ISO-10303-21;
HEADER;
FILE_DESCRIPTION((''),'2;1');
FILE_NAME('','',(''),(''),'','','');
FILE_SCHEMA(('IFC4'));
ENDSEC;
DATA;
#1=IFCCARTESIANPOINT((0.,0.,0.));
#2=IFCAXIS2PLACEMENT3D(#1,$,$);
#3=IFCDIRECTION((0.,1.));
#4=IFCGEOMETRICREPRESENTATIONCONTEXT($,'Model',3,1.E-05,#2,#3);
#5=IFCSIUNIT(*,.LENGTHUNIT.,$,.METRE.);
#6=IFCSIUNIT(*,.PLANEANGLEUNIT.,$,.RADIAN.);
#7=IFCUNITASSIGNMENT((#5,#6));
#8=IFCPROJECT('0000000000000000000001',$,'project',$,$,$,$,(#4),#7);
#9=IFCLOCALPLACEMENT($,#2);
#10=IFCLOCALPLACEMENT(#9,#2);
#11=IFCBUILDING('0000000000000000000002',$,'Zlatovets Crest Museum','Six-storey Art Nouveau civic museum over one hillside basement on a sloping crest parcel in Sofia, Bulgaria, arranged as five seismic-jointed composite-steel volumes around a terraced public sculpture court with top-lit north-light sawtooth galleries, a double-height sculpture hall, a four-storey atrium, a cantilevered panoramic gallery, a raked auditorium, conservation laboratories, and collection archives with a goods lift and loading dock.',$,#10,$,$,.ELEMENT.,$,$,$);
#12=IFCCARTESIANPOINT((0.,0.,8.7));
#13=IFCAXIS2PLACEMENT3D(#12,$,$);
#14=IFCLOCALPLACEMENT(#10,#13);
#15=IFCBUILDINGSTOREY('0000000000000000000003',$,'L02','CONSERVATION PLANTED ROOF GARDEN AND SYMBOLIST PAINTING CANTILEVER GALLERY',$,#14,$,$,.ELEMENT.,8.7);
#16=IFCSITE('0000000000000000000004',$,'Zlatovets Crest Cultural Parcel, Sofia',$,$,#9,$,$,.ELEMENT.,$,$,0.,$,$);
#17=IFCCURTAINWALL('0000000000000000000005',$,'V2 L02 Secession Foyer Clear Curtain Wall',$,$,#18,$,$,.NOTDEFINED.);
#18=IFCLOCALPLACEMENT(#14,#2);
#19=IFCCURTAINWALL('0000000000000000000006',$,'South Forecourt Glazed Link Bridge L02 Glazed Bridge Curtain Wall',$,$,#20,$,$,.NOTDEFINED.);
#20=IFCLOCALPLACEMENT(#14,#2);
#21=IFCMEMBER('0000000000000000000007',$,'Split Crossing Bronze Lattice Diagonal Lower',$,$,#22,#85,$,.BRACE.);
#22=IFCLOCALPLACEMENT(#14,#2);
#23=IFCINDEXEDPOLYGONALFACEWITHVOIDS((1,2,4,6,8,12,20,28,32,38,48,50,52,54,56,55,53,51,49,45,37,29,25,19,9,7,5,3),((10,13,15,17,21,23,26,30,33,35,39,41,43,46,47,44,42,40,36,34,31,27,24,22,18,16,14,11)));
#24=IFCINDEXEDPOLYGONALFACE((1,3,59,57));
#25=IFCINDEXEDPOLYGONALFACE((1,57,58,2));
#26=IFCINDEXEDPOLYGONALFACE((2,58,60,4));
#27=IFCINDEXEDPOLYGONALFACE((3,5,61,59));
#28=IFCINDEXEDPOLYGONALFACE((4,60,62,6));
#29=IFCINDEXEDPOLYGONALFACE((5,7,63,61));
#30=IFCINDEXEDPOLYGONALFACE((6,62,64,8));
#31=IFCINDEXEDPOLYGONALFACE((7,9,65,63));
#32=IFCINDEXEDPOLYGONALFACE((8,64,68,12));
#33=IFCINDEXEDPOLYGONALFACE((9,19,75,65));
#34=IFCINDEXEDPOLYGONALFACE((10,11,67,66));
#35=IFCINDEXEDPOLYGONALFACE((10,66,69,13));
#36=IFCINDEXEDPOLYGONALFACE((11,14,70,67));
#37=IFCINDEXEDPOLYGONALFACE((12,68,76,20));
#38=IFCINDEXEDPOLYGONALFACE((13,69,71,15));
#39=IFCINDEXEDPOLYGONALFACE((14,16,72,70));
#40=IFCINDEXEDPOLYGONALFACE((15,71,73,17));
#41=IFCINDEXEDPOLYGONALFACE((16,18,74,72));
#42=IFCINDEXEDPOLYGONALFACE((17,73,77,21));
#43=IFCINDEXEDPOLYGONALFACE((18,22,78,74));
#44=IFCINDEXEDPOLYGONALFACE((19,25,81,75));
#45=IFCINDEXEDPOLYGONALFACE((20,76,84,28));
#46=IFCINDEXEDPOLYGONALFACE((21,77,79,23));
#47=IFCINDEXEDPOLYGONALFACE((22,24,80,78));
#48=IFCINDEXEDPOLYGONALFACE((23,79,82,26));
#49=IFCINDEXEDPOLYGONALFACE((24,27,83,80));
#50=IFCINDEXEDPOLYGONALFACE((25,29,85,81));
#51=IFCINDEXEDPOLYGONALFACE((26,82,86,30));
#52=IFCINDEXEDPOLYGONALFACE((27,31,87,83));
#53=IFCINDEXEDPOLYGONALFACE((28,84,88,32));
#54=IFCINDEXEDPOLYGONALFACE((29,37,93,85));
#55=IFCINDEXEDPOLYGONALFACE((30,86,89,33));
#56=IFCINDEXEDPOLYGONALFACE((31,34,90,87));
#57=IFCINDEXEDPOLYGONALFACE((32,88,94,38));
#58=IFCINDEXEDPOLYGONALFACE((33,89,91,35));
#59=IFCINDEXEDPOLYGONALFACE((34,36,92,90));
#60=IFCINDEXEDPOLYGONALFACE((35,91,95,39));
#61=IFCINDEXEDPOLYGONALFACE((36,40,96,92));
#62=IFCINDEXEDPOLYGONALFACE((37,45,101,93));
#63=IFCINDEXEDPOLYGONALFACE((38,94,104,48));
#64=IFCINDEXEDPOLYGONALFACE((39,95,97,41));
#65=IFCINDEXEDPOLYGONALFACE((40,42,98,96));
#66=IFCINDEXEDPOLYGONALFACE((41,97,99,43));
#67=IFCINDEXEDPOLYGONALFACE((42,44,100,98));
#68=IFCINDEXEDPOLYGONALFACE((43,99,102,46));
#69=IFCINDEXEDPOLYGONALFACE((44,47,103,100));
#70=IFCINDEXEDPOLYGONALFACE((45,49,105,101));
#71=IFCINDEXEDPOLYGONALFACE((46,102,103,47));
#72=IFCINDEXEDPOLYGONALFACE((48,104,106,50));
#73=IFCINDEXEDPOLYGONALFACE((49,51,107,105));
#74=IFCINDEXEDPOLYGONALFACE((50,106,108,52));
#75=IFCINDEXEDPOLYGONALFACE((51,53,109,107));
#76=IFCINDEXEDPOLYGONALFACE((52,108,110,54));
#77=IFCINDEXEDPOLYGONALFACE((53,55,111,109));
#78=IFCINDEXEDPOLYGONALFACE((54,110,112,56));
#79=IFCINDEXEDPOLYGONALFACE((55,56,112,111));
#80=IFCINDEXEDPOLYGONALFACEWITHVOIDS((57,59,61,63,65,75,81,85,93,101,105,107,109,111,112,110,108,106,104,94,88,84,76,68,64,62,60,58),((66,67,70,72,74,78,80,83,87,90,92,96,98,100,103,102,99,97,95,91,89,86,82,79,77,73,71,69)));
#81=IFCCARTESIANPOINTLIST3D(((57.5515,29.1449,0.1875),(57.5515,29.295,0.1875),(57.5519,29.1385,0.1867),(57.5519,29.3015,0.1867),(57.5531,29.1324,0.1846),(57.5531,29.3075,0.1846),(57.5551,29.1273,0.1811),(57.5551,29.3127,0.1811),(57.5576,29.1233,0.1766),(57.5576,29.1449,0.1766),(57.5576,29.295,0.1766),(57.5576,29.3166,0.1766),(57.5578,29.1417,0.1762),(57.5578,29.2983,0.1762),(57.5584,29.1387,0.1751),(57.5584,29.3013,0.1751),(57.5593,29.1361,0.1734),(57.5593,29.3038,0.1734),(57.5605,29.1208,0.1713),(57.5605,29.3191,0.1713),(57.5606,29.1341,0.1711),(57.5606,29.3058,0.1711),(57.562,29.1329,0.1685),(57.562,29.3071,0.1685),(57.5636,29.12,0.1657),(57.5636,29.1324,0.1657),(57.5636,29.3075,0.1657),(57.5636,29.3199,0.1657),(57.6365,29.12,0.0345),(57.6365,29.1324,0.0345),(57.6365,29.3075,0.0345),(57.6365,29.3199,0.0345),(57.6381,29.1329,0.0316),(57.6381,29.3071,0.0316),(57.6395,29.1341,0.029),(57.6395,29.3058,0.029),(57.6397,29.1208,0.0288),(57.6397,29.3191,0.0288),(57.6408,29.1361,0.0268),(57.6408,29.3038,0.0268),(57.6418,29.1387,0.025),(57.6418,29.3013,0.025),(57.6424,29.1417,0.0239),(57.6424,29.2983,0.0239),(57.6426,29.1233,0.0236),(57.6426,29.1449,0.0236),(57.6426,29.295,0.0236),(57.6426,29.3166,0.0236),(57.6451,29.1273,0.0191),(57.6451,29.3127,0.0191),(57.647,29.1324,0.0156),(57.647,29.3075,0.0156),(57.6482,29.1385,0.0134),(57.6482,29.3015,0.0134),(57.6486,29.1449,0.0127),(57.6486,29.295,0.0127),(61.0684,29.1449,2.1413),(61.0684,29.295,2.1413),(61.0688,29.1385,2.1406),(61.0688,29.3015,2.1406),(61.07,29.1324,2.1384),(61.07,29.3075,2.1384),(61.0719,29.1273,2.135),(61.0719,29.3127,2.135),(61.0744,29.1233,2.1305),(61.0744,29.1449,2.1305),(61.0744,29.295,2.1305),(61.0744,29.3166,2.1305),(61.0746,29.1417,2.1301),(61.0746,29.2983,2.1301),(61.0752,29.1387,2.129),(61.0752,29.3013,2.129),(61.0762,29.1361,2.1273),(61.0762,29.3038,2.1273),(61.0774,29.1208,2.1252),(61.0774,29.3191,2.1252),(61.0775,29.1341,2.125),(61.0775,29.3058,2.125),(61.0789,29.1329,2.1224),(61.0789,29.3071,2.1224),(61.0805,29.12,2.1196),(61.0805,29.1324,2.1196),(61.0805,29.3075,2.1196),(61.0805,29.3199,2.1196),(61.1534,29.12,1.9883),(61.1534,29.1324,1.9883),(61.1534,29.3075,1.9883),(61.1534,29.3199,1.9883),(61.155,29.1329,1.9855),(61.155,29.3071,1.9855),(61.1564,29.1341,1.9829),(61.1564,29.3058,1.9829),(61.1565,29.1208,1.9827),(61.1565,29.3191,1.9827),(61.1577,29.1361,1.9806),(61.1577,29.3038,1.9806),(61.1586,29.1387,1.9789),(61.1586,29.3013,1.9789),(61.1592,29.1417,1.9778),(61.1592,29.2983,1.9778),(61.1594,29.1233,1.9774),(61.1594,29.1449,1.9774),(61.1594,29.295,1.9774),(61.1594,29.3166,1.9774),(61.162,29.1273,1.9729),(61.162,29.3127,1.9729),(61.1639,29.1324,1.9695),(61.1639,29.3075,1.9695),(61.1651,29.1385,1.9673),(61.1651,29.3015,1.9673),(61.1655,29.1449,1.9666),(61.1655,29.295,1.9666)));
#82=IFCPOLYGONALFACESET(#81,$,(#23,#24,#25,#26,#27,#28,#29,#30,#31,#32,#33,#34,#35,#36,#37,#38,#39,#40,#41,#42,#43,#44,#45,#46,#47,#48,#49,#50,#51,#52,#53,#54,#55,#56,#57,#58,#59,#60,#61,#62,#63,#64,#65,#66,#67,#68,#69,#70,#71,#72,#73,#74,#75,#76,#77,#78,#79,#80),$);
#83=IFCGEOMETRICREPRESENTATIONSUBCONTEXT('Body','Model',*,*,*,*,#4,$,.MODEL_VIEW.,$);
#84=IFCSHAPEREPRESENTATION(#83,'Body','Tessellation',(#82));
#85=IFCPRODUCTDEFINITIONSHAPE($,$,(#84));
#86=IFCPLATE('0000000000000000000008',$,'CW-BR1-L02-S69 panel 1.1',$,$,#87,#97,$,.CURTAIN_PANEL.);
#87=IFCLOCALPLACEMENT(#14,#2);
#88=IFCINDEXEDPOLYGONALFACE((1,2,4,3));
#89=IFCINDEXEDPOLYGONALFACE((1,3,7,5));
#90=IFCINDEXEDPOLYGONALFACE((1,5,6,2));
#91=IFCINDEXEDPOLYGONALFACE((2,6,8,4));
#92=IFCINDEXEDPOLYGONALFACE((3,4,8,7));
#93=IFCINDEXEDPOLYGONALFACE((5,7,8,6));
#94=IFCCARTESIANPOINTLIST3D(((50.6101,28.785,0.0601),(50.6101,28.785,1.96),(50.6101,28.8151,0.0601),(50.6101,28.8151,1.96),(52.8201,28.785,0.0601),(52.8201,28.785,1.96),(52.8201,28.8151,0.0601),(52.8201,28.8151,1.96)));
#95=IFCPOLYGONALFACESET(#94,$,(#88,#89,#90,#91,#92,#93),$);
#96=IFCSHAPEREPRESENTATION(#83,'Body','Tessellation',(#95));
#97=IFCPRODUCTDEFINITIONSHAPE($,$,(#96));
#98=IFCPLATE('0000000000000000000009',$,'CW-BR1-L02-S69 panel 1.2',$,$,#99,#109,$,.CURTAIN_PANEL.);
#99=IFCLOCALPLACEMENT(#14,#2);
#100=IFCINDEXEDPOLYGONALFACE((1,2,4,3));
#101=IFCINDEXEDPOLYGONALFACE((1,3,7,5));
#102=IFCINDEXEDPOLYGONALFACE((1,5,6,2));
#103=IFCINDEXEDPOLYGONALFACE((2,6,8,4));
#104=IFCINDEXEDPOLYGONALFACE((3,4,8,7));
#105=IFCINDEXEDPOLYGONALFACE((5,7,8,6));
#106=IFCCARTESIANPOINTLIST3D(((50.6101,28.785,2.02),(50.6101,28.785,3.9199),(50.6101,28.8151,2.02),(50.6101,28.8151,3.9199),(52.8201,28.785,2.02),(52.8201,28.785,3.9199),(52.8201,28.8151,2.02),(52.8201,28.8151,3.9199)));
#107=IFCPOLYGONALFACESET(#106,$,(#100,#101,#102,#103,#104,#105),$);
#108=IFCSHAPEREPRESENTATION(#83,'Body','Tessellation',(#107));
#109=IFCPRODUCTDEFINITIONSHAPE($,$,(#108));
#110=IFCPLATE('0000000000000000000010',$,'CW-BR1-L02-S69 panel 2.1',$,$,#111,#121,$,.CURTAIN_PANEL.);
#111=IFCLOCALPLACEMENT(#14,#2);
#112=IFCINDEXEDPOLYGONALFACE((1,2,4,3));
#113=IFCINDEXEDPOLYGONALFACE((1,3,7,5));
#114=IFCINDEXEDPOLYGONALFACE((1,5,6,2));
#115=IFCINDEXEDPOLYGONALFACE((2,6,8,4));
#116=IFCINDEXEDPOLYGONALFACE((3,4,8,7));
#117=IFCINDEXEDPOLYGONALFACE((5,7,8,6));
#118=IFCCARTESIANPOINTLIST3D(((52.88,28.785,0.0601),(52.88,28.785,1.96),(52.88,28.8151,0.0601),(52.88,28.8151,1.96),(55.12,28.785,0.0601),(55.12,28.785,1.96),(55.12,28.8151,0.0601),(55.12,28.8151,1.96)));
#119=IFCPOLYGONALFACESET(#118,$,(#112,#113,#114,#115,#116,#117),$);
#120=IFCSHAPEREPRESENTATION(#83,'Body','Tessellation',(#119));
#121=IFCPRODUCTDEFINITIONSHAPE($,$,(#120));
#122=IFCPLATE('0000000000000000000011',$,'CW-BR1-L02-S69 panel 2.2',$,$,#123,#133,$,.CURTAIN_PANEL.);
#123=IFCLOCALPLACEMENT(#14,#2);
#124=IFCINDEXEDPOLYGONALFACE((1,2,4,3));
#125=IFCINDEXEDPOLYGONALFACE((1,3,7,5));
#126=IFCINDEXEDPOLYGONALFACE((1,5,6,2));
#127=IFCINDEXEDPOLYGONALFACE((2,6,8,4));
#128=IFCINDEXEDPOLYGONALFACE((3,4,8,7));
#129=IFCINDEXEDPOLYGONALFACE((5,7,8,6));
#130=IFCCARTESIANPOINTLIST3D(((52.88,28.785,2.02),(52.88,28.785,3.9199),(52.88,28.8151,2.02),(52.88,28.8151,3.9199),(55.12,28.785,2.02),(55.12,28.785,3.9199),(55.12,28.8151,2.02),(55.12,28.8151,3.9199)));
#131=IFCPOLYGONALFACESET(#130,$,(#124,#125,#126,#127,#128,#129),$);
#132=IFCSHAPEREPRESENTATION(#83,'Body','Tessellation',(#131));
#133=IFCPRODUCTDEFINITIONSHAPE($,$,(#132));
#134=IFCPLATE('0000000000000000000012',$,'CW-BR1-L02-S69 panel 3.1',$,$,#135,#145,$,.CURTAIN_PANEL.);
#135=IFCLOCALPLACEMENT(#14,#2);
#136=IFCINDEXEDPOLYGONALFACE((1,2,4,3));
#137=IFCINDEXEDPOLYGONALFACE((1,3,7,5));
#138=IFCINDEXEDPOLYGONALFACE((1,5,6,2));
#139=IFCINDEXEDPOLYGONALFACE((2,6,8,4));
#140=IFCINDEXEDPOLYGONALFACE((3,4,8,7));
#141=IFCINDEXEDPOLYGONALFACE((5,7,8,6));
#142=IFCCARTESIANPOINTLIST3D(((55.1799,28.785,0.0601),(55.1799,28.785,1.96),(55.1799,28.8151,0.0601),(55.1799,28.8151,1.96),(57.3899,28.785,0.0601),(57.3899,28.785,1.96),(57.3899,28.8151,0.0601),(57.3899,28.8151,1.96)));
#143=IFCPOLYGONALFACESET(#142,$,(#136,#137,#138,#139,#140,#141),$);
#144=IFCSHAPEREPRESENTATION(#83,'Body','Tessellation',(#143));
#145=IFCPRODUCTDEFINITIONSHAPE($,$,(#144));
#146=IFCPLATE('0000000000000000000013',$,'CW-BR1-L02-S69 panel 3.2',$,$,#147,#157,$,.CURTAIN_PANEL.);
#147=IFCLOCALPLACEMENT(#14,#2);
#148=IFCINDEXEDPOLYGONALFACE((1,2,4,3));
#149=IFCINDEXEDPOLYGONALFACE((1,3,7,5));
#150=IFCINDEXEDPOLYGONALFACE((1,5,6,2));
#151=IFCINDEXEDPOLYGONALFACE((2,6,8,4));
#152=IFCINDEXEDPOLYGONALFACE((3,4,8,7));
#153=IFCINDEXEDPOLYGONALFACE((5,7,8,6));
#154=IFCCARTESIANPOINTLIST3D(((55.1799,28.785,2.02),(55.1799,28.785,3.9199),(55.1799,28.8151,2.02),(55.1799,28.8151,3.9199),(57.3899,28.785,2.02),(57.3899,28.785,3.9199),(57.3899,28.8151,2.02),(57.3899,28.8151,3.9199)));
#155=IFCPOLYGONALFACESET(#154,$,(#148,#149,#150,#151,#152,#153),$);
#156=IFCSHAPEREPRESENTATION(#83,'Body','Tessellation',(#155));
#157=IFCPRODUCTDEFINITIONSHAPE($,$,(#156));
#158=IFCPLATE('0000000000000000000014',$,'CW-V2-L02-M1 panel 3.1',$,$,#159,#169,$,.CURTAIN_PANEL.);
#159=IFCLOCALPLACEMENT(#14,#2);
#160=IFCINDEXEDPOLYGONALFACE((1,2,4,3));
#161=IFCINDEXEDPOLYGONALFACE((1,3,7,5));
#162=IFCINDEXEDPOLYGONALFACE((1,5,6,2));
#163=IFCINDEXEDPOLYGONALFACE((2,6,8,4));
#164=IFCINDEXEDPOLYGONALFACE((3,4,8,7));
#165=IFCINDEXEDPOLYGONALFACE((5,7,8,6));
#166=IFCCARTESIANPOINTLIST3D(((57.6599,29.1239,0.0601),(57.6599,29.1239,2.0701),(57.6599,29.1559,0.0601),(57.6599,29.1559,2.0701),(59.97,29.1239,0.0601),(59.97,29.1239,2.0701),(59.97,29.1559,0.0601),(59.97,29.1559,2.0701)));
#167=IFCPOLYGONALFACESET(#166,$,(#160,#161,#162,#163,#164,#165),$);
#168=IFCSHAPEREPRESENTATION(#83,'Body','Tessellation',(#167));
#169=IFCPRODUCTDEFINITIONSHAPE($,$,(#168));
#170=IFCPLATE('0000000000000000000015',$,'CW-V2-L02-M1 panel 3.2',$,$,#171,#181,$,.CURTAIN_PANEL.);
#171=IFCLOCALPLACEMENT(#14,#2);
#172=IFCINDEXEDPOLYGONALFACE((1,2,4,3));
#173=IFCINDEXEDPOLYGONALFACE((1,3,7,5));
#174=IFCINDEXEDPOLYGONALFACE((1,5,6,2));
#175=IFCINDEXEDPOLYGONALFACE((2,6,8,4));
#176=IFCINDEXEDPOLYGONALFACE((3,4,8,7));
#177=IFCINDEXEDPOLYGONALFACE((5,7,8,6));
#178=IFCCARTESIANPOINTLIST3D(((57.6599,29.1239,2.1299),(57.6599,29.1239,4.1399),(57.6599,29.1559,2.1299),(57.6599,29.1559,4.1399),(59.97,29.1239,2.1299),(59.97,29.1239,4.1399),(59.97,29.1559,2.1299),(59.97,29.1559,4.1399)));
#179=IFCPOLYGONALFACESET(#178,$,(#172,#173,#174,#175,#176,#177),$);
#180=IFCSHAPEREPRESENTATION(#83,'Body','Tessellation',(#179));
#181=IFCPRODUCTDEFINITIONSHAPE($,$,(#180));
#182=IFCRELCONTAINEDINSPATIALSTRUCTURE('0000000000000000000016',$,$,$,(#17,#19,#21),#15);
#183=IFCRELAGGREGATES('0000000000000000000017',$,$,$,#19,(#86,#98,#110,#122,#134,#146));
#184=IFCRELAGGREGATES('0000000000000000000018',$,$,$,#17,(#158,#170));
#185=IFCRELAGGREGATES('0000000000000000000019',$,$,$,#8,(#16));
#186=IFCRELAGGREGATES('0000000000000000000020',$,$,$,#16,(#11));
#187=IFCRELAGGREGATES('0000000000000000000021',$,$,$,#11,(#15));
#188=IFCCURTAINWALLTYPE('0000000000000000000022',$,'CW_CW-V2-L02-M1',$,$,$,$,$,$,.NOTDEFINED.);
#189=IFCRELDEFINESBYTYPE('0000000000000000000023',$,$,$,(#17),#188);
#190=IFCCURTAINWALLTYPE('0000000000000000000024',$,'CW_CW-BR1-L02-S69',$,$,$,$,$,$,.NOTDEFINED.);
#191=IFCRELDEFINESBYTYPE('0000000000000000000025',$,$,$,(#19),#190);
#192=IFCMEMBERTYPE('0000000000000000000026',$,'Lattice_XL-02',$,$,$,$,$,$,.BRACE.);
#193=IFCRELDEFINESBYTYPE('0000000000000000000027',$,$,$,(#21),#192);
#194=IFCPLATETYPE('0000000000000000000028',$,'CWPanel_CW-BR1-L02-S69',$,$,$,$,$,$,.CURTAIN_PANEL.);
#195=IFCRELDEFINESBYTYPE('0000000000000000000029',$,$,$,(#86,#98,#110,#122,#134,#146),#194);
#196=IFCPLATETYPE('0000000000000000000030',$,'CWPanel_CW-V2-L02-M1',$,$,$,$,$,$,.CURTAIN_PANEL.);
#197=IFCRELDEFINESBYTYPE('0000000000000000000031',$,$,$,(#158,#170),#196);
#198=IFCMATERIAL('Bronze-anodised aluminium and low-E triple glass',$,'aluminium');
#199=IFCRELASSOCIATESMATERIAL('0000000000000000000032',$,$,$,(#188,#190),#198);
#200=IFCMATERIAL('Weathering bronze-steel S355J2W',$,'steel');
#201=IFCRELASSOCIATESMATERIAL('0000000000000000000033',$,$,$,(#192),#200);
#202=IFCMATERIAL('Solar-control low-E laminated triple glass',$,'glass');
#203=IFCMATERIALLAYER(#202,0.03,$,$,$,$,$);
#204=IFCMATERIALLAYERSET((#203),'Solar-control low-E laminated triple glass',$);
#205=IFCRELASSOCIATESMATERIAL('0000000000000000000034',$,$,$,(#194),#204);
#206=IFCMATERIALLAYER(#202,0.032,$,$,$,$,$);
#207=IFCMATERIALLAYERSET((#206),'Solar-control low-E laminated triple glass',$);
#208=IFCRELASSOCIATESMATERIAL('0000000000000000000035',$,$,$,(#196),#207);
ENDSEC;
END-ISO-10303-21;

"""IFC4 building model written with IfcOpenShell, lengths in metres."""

from ifc_helpers import new_model, si_unit, direction, frame, origin, origin_2d, place, context, subcontext, project, spatial, rectangle, hollow_rectangle, extrude, material, layer, layer_set, material_profile, profile_set, type_object, element, aggregate, save


model = new_model("IFC4")

# Units and contexts
model_context = context("Model", 3, precision=1e-05, world=origin(), true_north=direction((0.0, 1.0)))
body_context = subcontext(model_context, "Body", "Model", "MODEL_VIEW")
ifc_project = project(units=[si_unit("LENGTHUNIT", "METRE"), si_unit("PLANEANGLEUNIT", "RADIAN")], contexts=[model_context])

# Site, building, storey
site_placement = place(None, origin())
site = spatial("IfcSite", under=ifc_project, at=site_placement, Name="Zlatovets Crest Cultural Parcel, Sofia", CompositionType="ELEMENT", RefElevation=0.0)
building_placement = place(site_placement, origin())
building = spatial("IfcBuilding", under=site, at=building_placement, Name="Zlatovets Crest Museum", Description="Six-storey Art Nouveau civic museum over one hillside basement on a sloping crest parcel in Sofia, Bulgaria, arranged as five seismic-jointed composite-steel volumes around a terraced public sculpture court with top-lit north-light sawtooth galleries, a double-height sculpture hall, a four-storey atrium, a cantilevered panoramic gallery, a raked auditorium, conservation laboratories, and collection archives with a goods lift and loading dock.", CompositionType="ELEMENT")
storey_placement = place(building_placement, frame((0.0, 0.0, 8.7)))
storey = spatial("IfcBuildingStorey", under=building, at=storey_placement, Name="L02", Description="CONSERVATION PLANTED ROOF GARDEN AND SYMBOLIST PAINTING CANTILEVER GALLERY", CompositionType="ELEMENT", Elevation=8.7)

# Curtain walls
ifc_material_1 = material(Name="Bronze-anodised aluminium and low-E triple glass", Category="aluminium")
curtain_wall_type_1 = type_object("IfcCurtainWallType", Name="CW_CW-V2-L02-M1", PredefinedType="NOTDEFINED", material=ifc_material_1)
curtain_wall_1_placement = place(storey_placement, origin())
curtain_wall_1 = element("IfcCurtainWall", 1, at=curtain_wall_1_placement, inside=storey, type_object=curtain_wall_type_1, Name="V2 L02 Secession Foyer Clear Curtain Wall", PredefinedType="NOTDEFINED")
curtain_wall_type_2 = type_object("IfcCurtainWallType", Name="CW_CW-BR1-L02-S69", PredefinedType="NOTDEFINED", material=ifc_material_1)
curtain_wall_2_placement = place(storey_placement, origin())
curtain_wall_2 = element("IfcCurtainWall", 2, at=curtain_wall_2_placement, inside=storey, type_object=curtain_wall_type_2, Name="South Forecourt Glazed Link Bridge L02 Glazed Bridge Curtain Wall", PredefinedType="NOTDEFINED")

# Member
ifc_material_2 = material(Name="Weathering bronze-steel S355J2W", Category="steel")
ifc_material_profile_1 = material_profile(ifc_material_2, hollow_rectangle(XDim=0.2, YDim=0.2, WallThickness=0.0125, InnerFilletRadius=0.0125, OuterFilletRadius=0.0249, at=origin_2d()), Name="SHS 200x200x12.5")
ifc_profile_set_1 = profile_set([ifc_material_profile_1], Name="Weathering bronze-steel S355J2W")
member_type_1 = type_object("IfcMemberType", Name="Lattice_XL-02", PredefinedType="BRACE", material=ifc_profile_set_1)
member_1_placement = place(storey_placement, frame((61.1169, 29.22, 2.054), z_axis=(-0.874152, 0.0, -0.485653), x_axis=(0.0, -1.0, 0.0)))
element("IfcMember", 3, at=member_1_placement, inside=storey, type_object=member_type_1, Name="Split Crossing Bronze Lattice Diagonal Lower", PredefinedType="BRACE", context=body_context, shape_type="SweptSolid", body=[
    extrude(hollow_rectangle(XDim=0.2, YDim=0.2, WallThickness=0.0125, InnerFilletRadius=0.0125, OuterFilletRadius=0.0249, at=origin_2d()), origin(), (0.0, 0.0, 1.0), 4.0232),
])

# Plates
ifc_material_3 = material(Name="Solar-control low-E laminated triple glass", Category="glass")
ifc_layer_1 = layer(ifc_material_3, 0.03)
ifc_layer_set_1 = layer_set([ifc_layer_1], Name="Solar-control low-E laminated triple glass")
plate_type_1 = type_object("IfcPlateType", Name="CWPanel_CW-BR1-L02-S69", PredefinedType="CURTAIN_PANEL", material=ifc_layer_set_1)
plate_1_placement = place(storey_placement, frame((51.7151, 28.8, 0.0601), z_axis=(0.0, 0.0, 1.0), x_axis=(1.0, 0.0, 0.0)))
plate_1 = element("IfcPlate", 4, at=plate_1_placement, type_object=plate_type_1, Name="CW-BR1-L02-S69 panel 1.1", PredefinedType="CURTAIN_PANEL", context=body_context, shape_type="SweptSolid", body=[
    extrude(rectangle(XDim=2.21, YDim=0.03, at=origin_2d()), origin(), (0.0, 0.0, 1.0), 1.8999),
])
plate_2_placement = place(storey_placement, frame((51.7151, 28.8, 2.02), z_axis=(0.0, 0.0, 1.0), x_axis=(1.0, 0.0, 0.0)))
plate_2 = element("IfcPlate", 5, at=plate_2_placement, type_object=plate_type_1, Name="CW-BR1-L02-S69 panel 1.2", PredefinedType="CURTAIN_PANEL", context=body_context, shape_type="SweptSolid", body=[
    extrude(rectangle(XDim=2.21, YDim=0.03, at=origin_2d()), origin(), (0.0, 0.0, 1.0), 1.8999),
])
plate_3_placement = place(storey_placement, frame((54.0, 28.8, 0.0601), z_axis=(0.0, 0.0, 1.0), x_axis=(1.0, 0.0, 0.0)))
plate_3 = element("IfcPlate", 6, at=plate_3_placement, type_object=plate_type_1, Name="CW-BR1-L02-S69 panel 2.1", PredefinedType="CURTAIN_PANEL", context=body_context, shape_type="SweptSolid", body=[
    extrude(rectangle(XDim=2.24, YDim=0.03, at=origin_2d()), origin(), (0.0, 0.0, 1.0), 1.8999),
])
plate_4_placement = place(storey_placement, frame((54.0, 28.8, 2.02), z_axis=(0.0, 0.0, 1.0), x_axis=(1.0, 0.0, 0.0)))
plate_4 = element("IfcPlate", 7, at=plate_4_placement, type_object=plate_type_1, Name="CW-BR1-L02-S69 panel 2.2", PredefinedType="CURTAIN_PANEL", context=body_context, shape_type="SweptSolid", body=[
    extrude(rectangle(XDim=2.24, YDim=0.03, at=origin_2d()), origin(), (0.0, 0.0, 1.0), 1.8999),
])
plate_5_placement = place(storey_placement, frame((56.2849, 28.8, 0.0601), z_axis=(0.0, 0.0, 1.0), x_axis=(1.0, 0.0, 0.0)))
plate_5 = element("IfcPlate", 8, at=plate_5_placement, type_object=plate_type_1, Name="CW-BR1-L02-S69 panel 3.1", PredefinedType="CURTAIN_PANEL", context=body_context, shape_type="SweptSolid", body=[
    extrude(rectangle(XDim=2.21, YDim=0.03, at=origin_2d()), origin(), (0.0, 0.0, 1.0), 1.8999),
])
plate_6_placement = place(storey_placement, frame((56.2849, 28.8, 2.02), z_axis=(0.0, 0.0, 1.0), x_axis=(1.0, 0.0, 0.0)))
plate_6 = element("IfcPlate", 9, at=plate_6_placement, type_object=plate_type_1, Name="CW-BR1-L02-S69 panel 3.2", PredefinedType="CURTAIN_PANEL", context=body_context, shape_type="SweptSolid", body=[
    extrude(rectangle(XDim=2.21, YDim=0.03, at=origin_2d()), origin(), (0.0, 0.0, 1.0), 1.8999),
])
aggregate(curtain_wall_2, [plate_1, plate_2, plate_3, plate_4, plate_5, plate_6])
ifc_layer_2 = layer(ifc_material_3, 0.032)
ifc_layer_set_2 = layer_set([ifc_layer_2], Name="Solar-control low-E laminated triple glass")
plate_type_2 = type_object("IfcPlateType", Name="CWPanel_CW-V2-L02-M1", PredefinedType="CURTAIN_PANEL", material=ifc_layer_set_2)
plate_7_placement = place(storey_placement, frame((58.8149, 29.1399, 0.0601), z_axis=(0.0, 0.0, 1.0), x_axis=(-1.0, 0.0, 0.0)))
plate_7 = element("IfcPlate", 10, at=plate_7_placement, type_object=plate_type_2, Name="CW-V2-L02-M1 panel 3.1", PredefinedType="CURTAIN_PANEL", context=body_context, shape_type="SweptSolid", body=[
    extrude(rectangle(XDim=2.3101, YDim=0.032, at=origin_2d()), origin(), (0.0, 0.0, 1.0), 2.01),
])
plate_8_placement = place(storey_placement, frame((58.8149, 29.1399, 2.1299), z_axis=(0.0, 0.0, 1.0), x_axis=(-1.0, 0.0, 0.0)))
plate_8 = element("IfcPlate", 11, at=plate_8_placement, type_object=plate_type_2, Name="CW-V2-L02-M1 panel 3.2", PredefinedType="CURTAIN_PANEL", context=body_context, shape_type="SweptSolid", body=[
    extrude(rectangle(XDim=2.3101, YDim=0.032, at=origin_2d()), origin(), (0.0, 0.0, 1.0), 2.01),
])
aggregate(curtain_wall_1, [plate_7, plate_8])

save(model, "model.ifc")
